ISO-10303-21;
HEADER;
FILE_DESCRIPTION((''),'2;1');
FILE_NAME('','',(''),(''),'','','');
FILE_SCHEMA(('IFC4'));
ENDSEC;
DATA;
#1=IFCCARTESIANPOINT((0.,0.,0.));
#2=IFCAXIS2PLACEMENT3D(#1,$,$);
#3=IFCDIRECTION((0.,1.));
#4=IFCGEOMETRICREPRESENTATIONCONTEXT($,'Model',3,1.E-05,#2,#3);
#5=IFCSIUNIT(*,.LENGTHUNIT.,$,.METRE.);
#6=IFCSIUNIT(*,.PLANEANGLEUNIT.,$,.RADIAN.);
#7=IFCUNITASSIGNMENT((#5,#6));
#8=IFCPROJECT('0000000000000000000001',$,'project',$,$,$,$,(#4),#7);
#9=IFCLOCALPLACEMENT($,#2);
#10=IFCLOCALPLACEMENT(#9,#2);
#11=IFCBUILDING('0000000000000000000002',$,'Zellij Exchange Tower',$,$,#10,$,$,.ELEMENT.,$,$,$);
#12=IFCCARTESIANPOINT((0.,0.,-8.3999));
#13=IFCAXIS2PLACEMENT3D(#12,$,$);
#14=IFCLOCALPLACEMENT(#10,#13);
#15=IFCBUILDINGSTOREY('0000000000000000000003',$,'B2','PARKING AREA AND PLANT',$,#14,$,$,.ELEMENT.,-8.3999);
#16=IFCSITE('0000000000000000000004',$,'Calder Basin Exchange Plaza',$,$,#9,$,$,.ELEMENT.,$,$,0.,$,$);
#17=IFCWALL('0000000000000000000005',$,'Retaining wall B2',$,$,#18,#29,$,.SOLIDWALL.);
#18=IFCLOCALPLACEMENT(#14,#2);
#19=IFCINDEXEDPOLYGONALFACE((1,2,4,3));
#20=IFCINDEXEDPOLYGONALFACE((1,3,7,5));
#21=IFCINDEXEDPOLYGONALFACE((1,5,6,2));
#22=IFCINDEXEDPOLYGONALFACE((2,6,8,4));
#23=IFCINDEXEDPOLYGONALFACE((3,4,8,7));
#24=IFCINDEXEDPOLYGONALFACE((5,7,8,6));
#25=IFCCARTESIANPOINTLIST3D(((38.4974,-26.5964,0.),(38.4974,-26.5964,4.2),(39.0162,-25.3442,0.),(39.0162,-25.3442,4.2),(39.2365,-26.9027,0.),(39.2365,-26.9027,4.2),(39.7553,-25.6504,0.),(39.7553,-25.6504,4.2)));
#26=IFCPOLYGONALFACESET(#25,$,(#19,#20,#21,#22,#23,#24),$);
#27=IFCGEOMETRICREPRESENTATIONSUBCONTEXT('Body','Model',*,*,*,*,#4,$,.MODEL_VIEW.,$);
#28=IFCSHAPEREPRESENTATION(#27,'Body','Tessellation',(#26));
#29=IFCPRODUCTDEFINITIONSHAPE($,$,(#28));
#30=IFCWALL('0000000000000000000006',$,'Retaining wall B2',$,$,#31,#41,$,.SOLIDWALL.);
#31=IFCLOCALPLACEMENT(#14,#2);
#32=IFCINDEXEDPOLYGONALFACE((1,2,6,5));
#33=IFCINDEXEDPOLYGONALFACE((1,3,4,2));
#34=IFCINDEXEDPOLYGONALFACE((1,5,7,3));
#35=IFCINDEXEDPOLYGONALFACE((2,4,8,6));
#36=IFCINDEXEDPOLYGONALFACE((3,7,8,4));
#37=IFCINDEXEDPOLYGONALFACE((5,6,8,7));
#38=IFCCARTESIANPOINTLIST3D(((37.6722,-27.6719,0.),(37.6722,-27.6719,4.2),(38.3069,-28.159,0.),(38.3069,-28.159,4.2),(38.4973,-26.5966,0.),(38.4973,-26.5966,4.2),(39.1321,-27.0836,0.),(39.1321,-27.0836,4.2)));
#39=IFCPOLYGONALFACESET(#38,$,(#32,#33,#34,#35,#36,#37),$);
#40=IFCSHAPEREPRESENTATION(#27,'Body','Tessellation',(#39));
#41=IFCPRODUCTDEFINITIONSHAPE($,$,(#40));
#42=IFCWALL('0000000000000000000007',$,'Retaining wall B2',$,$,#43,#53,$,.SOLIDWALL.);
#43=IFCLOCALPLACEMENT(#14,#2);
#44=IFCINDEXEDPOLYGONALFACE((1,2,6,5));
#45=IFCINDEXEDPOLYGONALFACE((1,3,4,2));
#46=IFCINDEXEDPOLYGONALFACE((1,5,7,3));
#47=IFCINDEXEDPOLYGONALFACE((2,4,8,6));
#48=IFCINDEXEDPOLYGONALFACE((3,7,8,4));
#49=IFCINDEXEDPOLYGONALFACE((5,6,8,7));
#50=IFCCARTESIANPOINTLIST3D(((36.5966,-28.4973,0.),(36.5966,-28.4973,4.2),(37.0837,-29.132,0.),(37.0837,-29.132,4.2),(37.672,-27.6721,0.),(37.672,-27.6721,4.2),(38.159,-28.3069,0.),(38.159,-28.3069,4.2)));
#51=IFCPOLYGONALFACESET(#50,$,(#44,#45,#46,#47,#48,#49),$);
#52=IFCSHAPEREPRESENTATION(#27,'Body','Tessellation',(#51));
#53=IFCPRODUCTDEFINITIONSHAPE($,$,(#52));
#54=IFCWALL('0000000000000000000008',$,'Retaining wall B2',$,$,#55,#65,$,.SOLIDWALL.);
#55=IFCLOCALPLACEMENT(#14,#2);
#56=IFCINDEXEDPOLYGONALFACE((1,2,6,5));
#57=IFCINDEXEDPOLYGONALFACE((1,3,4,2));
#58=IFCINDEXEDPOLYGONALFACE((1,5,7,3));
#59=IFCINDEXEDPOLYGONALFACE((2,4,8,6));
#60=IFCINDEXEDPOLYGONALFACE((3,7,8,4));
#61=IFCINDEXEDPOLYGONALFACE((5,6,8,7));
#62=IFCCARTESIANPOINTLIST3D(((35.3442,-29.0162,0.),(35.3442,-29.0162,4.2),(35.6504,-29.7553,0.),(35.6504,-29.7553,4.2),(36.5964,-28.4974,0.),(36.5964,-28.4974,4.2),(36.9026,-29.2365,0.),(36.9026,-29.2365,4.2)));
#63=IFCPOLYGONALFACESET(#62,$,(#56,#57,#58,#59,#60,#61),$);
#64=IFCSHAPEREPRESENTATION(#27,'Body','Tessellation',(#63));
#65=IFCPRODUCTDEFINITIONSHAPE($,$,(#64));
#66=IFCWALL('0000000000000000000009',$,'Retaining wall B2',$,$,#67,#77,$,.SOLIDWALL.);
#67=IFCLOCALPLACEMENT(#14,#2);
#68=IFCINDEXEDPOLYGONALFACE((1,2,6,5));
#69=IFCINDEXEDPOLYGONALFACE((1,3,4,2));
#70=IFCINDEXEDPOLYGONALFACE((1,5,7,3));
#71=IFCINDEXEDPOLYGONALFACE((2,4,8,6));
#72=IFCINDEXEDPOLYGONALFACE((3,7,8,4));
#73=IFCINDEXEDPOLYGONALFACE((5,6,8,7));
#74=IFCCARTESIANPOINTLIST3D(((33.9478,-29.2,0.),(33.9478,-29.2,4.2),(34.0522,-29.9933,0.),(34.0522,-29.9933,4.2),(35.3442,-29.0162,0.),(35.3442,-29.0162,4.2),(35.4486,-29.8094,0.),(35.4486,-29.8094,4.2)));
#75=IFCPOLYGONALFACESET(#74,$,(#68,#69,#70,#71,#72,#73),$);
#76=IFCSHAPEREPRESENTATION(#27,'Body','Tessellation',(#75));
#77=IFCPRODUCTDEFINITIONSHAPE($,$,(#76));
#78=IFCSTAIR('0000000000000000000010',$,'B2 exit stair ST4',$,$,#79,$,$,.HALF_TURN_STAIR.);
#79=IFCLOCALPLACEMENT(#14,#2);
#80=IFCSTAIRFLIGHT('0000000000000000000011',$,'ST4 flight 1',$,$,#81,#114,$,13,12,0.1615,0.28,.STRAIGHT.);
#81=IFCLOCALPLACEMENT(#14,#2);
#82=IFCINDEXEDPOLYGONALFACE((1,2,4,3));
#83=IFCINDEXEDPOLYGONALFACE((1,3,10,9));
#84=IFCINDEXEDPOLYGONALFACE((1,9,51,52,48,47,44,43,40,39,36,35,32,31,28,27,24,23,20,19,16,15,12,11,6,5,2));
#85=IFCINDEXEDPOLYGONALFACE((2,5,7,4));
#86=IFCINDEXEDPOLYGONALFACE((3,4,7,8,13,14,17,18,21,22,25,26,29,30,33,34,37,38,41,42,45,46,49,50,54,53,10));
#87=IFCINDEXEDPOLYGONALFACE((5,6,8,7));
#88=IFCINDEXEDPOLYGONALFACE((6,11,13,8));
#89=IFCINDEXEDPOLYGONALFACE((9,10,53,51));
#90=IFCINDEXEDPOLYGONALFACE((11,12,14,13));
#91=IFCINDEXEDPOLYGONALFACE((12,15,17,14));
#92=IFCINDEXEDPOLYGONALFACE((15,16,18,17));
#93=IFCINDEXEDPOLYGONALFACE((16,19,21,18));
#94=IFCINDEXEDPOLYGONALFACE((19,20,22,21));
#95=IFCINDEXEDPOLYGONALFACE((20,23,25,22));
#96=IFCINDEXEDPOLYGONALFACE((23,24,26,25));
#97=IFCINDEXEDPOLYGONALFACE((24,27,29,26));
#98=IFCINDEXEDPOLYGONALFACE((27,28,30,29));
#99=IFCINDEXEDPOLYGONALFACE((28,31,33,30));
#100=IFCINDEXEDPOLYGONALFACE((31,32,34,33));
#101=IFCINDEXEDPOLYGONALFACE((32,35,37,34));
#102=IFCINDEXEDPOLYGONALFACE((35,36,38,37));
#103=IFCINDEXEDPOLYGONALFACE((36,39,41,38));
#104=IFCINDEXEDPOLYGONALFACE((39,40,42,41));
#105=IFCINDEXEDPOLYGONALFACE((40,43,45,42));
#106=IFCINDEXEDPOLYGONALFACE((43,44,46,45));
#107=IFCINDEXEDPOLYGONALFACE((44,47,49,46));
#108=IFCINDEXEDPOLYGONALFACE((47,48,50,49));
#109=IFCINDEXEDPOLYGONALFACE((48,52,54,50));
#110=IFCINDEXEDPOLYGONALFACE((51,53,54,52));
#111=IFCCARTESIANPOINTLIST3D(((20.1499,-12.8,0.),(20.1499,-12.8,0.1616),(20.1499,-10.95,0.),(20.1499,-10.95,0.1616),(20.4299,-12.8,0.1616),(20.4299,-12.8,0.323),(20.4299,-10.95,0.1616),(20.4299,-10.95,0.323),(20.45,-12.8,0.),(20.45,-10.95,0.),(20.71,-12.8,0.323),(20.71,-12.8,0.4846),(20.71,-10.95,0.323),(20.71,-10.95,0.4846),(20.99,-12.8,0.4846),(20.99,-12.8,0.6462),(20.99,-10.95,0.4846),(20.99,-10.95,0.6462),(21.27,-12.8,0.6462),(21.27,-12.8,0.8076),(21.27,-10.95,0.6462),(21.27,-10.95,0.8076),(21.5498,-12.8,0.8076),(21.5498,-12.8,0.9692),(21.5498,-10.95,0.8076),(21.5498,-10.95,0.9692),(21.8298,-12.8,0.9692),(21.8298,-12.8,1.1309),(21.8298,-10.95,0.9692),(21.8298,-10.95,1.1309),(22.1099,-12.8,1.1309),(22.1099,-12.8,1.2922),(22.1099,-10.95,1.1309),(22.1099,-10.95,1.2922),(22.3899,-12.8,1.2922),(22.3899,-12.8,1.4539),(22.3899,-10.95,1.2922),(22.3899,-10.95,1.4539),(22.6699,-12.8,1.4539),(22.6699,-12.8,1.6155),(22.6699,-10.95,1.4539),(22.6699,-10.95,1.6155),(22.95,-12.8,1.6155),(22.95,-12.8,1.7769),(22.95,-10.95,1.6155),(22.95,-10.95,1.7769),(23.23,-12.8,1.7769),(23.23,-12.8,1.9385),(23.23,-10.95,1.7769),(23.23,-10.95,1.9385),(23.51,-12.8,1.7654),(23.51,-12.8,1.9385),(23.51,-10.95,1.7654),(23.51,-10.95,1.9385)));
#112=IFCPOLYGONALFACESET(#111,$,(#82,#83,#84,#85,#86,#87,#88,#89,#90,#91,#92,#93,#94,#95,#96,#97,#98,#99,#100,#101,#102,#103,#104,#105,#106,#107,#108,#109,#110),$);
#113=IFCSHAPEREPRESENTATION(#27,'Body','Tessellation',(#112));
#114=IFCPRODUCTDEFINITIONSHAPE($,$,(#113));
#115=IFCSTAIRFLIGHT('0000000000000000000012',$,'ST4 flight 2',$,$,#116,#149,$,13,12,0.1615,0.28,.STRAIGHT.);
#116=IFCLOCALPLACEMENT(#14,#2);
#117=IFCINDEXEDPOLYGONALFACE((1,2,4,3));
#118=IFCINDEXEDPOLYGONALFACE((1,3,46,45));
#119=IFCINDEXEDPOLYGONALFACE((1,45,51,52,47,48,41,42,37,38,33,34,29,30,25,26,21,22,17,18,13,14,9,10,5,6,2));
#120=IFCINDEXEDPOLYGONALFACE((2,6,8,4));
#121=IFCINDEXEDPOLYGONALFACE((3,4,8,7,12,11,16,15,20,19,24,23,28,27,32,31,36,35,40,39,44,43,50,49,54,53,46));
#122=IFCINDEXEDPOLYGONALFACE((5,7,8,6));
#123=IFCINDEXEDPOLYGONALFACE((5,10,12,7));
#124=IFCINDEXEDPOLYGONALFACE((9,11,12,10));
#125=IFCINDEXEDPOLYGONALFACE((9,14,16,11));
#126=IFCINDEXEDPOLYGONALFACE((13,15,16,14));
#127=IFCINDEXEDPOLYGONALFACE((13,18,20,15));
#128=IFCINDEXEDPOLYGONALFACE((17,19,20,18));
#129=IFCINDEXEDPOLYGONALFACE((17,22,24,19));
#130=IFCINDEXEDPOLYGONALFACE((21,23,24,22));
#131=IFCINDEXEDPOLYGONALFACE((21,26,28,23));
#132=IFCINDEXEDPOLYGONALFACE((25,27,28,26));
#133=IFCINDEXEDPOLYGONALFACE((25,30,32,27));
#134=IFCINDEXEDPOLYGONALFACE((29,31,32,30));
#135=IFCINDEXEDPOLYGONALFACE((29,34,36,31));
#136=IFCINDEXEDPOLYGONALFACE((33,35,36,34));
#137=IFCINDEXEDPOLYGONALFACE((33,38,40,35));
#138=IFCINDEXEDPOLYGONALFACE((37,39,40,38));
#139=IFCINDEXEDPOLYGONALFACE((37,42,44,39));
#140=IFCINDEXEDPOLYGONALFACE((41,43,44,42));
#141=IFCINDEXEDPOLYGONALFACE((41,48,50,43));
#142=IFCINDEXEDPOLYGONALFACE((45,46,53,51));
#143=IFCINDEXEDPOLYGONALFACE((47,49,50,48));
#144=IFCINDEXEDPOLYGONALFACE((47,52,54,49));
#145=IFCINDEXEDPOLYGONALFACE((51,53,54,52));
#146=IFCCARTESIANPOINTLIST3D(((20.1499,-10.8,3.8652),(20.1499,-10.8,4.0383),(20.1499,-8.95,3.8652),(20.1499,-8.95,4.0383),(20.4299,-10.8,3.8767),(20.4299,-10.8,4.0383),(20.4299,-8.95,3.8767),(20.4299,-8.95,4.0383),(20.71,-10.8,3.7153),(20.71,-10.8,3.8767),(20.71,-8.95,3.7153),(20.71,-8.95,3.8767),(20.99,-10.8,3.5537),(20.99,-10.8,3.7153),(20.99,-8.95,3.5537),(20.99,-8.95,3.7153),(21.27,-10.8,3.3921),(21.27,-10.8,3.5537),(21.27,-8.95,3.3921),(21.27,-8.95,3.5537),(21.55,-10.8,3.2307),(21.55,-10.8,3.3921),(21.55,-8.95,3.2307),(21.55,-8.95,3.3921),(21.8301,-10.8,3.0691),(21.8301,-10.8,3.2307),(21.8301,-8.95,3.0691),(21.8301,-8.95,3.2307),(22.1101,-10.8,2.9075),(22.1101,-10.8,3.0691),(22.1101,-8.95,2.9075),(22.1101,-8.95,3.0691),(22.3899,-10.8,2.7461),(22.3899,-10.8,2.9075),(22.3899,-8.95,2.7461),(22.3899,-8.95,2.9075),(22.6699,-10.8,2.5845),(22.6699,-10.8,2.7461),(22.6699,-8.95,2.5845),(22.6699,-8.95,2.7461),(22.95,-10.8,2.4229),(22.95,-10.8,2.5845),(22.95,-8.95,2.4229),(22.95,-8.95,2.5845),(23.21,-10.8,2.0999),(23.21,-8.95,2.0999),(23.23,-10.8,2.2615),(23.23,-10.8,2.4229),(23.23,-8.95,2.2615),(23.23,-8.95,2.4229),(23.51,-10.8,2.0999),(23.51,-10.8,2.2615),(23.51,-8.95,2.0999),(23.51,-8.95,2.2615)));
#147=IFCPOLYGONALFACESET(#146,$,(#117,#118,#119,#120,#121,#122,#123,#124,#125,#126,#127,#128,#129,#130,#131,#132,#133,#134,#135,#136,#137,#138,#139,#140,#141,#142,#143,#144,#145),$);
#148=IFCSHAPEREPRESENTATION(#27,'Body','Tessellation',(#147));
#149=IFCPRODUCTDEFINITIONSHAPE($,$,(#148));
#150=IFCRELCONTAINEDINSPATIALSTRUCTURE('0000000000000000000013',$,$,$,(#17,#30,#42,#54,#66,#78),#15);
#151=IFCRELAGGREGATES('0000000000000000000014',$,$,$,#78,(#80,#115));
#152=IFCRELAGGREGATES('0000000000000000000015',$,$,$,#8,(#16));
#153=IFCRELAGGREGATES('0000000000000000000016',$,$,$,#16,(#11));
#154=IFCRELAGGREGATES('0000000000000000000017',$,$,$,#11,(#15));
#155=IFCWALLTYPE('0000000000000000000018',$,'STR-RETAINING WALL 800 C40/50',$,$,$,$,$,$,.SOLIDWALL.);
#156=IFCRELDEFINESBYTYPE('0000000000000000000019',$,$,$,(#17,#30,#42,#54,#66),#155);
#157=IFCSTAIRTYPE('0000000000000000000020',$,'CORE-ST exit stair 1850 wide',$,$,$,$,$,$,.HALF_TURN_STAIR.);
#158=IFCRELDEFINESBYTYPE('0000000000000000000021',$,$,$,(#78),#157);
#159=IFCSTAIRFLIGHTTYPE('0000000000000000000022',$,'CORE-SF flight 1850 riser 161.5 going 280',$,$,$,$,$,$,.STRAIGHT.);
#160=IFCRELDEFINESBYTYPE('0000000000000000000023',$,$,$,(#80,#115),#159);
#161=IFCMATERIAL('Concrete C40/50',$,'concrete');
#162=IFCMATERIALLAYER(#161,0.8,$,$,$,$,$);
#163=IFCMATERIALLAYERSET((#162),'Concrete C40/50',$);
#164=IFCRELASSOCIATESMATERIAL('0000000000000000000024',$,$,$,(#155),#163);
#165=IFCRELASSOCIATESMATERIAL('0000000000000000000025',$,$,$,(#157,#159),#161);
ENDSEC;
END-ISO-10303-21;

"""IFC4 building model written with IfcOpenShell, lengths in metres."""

from ifc_helpers import new_model, si_unit, direction, frame, frame_2d, origin, place, context, subcontext, project, spatial, polyline, rectangle, outline, extrude, material, layer, layer_set, type_object, element, aggregate, save


model = new_model("IFC4")

# Units and contexts
model_context = context("Model", 3, precision=1e-05, world=origin(), true_north=direction((0.0, 1.0)))
body_context = subcontext(model_context, "Body", "Model", "MODEL_VIEW")
ifc_project = project(units=[si_unit("LENGTHUNIT", "METRE"), si_unit("PLANEANGLEUNIT", "RADIAN")], contexts=[model_context])

# Site, building, storey
site_placement = place(None, origin())
site = spatial("IfcSite", under=ifc_project, at=site_placement, Name="Calder Basin Exchange Plaza", CompositionType="ELEMENT", RefElevation=0.0)
building_placement = place(site_placement, origin())
building = spatial("IfcBuilding", under=site, at=building_placement, Name="Zellij Exchange Tower", CompositionType="ELEMENT")
storey_placement = place(building_placement, frame((0.0, 0.0, -8.3999)))
storey = spatial("IfcBuildingStorey", under=building, at=storey_placement, Name="B2", Description="PARKING AREA AND PLANT", CompositionType="ELEMENT", Elevation=-8.3999)

# Walls
ifc_material_1 = material(Name="Concrete C40/50", Category="concrete")
ifc_layer_1 = layer(ifc_material_1, 0.8)
ifc_layer_set_1 = layer_set([ifc_layer_1], Name="Concrete C40/50")
wall_type_1 = type_object("IfcWallType", Name="STR-RETAINING WALL 800 C40/50", PredefinedType="SOLIDWALL", material=ifc_layer_set_1)
for number, where, z_axis, x_axis, name in (
    (1, (39.3857, -25.4973, 0.0), (0.0, 0.0, 1.0), (-0.38276, -0.923848, 0.0), "Retaining wall B2"),
    (2, (38.8147, -26.8401, 0.0), (0.0, 0.0, 1.0), (-0.608753, -0.79336, 0.0), "Retaining wall B2"),
    (3, (37.9155, -27.9895, 0.0), (0.0, 0.0, 1.0), (-0.79336, -0.608753, 0.0), "Retaining wall B2"),
    (4, (36.7495, -28.8669, 0.0), (0.0, 0.0, 1.0), (-0.923848, -0.38276, 0.0), "Retaining wall B2"),
):
    element("IfcWall", number, at=place(storey_placement, frame(where, z_axis=z_axis, x_axis=x_axis)), inside=storey, type_object=wall_type_1, Name=name, PredefinedType="SOLIDWALL", context=body_context, shape_type="SweptSolid", body=[
        extrude(rectangle(XDim=1.3555, YDim=0.8, at=frame_2d((0.6777, 0.0))), origin(), (0.0, 0.0, 1.0), 4.2),
    ])
wall_1_placement = place(storey_placement, frame((35.3962, -29.4128, 0.0), z_axis=(0.0, 0.0, 1.0), x_axis=(-0.991446, -0.130517, 0.0)))
element("IfcWall", 5, at=wall_1_placement, inside=storey, type_object=wall_type_1, Name="Retaining wall B2", PredefinedType="SOLIDWALL", context=body_context, shape_type="SweptSolid", body=[
    extrude(rectangle(XDim=1.4084, YDim=0.8, at=frame_2d((0.7041, 0.0))), origin(), (0.0, 0.0, 1.0), 4.2),
])

# Stair, stair flights
stair_type = type_object("IfcStairType", Name="CORE-ST exit stair 1850 wide", PredefinedType="HALF_TURN_STAIR", material=ifc_material_1)
stair_placement = place(storey_placement, origin())
stair = element("IfcStair", 6, at=stair_placement, inside=storey, type_object=stair_type, Name="B2 exit stair ST4", PredefinedType="HALF_TURN_STAIR")
stair_flight_type = type_object("IfcStairFlightType", Name="CORE-SF flight 1850 riser 161.5 going 280", PredefinedType="STRAIGHT", material=ifc_material_1)
stair_flight_1_placement = place(storey_placement, frame((20.1499, -11.875, 0.0), z_axis=(0.0, 0.0, 1.0), x_axis=(1.0, 0.0, 0.0)))
stair_flight_1 = element("IfcStairFlight", 7, at=stair_flight_1_placement, type_object=stair_flight_type, Name="ST4 flight 1", NumberOfRisers=13, NumberOfTreads=12, PredefinedType="STRAIGHT", RiserHeight=0.1615, TreadLength=0.28, context=body_context, shape_type="SweptSolid", body=[
    extrude(outline(polyline([(0.0, 0.0), (0.0, 0.1616), (0.28, 0.1616), (0.28, 0.323), (0.5601, 0.323), (0.5601, 0.4846), (0.8401, 0.4846), (0.8401, 0.6462), (1.1201, 0.6462), (1.1201, 0.8076), (1.3999, 0.8076), (1.3999, 0.9692), (1.6799, 0.9692), (1.6799, 1.1309), (1.96, 1.1309), (1.96, 1.2922), (2.24, 1.2922), (2.24, 1.4539), (2.52, 1.4539), (2.52, 1.6155), (2.8, 1.6155), (2.8, 1.7769), (3.0801, 1.7769), (3.0801, 1.9385), (3.3601, 1.9385), (3.3601, 2.1001), (3.3601, 1.7654), (0.3, 0.0), (0.0, 0.0)])), frame((0.0, 0.925, 0.0), z_axis=(0.0, -1.0, 0.0), x_axis=(1.0, 0.0, 0.0)), (0.0, 0.0, 1.0), 1.8501),
])
stair_flight_2_placement = place(storey_placement, frame((23.51, -9.875, 2.0999), z_axis=(0.0, 0.0, 1.0), x_axis=(-1.0, 0.0, 0.0)))
stair_flight_2 = element("IfcStairFlight", 8, at=stair_flight_2_placement, type_object=stair_flight_type, Name="ST4 flight 2", NumberOfRisers=13, NumberOfTreads=12, PredefinedType="STRAIGHT", RiserHeight=0.1615, TreadLength=0.28, context=body_context, shape_type="SweptSolid", body=[
    extrude(outline(polyline([(0.0, 0.0), (0.0, 0.1616), (0.28, 0.1616), (0.28, 0.323), (0.5601, 0.323), (0.5601, 0.4846), (0.8401, 0.4846), (0.8401, 0.6462), (1.1201, 0.6462), (1.1201, 0.8076), (1.3999, 0.8076), (1.3999, 0.9692), (1.6799, 0.9692), (1.6799, 1.1309), (1.96, 1.1309), (1.96, 1.2922), (2.24, 1.2922), (2.24, 1.4539), (2.52, 1.4539), (2.52, 1.6155), (2.8, 1.6155), (2.8, 1.7769), (3.0801, 1.7769), (3.0801, 1.9385), (3.3601, 1.9385), (3.3601, 2.1001), (3.3601, 1.7654), (0.3, 0.0), (0.0, 0.0)])), frame((0.0, 0.925, 0.0), z_axis=(0.0, -1.0, 0.0), x_axis=(1.0, 0.0, 0.0)), (0.0, 0.0, 1.0), 1.8501),
])
aggregate(stair, [stair_flight_1, stair_flight_2])

save(model, "model.ifc")
